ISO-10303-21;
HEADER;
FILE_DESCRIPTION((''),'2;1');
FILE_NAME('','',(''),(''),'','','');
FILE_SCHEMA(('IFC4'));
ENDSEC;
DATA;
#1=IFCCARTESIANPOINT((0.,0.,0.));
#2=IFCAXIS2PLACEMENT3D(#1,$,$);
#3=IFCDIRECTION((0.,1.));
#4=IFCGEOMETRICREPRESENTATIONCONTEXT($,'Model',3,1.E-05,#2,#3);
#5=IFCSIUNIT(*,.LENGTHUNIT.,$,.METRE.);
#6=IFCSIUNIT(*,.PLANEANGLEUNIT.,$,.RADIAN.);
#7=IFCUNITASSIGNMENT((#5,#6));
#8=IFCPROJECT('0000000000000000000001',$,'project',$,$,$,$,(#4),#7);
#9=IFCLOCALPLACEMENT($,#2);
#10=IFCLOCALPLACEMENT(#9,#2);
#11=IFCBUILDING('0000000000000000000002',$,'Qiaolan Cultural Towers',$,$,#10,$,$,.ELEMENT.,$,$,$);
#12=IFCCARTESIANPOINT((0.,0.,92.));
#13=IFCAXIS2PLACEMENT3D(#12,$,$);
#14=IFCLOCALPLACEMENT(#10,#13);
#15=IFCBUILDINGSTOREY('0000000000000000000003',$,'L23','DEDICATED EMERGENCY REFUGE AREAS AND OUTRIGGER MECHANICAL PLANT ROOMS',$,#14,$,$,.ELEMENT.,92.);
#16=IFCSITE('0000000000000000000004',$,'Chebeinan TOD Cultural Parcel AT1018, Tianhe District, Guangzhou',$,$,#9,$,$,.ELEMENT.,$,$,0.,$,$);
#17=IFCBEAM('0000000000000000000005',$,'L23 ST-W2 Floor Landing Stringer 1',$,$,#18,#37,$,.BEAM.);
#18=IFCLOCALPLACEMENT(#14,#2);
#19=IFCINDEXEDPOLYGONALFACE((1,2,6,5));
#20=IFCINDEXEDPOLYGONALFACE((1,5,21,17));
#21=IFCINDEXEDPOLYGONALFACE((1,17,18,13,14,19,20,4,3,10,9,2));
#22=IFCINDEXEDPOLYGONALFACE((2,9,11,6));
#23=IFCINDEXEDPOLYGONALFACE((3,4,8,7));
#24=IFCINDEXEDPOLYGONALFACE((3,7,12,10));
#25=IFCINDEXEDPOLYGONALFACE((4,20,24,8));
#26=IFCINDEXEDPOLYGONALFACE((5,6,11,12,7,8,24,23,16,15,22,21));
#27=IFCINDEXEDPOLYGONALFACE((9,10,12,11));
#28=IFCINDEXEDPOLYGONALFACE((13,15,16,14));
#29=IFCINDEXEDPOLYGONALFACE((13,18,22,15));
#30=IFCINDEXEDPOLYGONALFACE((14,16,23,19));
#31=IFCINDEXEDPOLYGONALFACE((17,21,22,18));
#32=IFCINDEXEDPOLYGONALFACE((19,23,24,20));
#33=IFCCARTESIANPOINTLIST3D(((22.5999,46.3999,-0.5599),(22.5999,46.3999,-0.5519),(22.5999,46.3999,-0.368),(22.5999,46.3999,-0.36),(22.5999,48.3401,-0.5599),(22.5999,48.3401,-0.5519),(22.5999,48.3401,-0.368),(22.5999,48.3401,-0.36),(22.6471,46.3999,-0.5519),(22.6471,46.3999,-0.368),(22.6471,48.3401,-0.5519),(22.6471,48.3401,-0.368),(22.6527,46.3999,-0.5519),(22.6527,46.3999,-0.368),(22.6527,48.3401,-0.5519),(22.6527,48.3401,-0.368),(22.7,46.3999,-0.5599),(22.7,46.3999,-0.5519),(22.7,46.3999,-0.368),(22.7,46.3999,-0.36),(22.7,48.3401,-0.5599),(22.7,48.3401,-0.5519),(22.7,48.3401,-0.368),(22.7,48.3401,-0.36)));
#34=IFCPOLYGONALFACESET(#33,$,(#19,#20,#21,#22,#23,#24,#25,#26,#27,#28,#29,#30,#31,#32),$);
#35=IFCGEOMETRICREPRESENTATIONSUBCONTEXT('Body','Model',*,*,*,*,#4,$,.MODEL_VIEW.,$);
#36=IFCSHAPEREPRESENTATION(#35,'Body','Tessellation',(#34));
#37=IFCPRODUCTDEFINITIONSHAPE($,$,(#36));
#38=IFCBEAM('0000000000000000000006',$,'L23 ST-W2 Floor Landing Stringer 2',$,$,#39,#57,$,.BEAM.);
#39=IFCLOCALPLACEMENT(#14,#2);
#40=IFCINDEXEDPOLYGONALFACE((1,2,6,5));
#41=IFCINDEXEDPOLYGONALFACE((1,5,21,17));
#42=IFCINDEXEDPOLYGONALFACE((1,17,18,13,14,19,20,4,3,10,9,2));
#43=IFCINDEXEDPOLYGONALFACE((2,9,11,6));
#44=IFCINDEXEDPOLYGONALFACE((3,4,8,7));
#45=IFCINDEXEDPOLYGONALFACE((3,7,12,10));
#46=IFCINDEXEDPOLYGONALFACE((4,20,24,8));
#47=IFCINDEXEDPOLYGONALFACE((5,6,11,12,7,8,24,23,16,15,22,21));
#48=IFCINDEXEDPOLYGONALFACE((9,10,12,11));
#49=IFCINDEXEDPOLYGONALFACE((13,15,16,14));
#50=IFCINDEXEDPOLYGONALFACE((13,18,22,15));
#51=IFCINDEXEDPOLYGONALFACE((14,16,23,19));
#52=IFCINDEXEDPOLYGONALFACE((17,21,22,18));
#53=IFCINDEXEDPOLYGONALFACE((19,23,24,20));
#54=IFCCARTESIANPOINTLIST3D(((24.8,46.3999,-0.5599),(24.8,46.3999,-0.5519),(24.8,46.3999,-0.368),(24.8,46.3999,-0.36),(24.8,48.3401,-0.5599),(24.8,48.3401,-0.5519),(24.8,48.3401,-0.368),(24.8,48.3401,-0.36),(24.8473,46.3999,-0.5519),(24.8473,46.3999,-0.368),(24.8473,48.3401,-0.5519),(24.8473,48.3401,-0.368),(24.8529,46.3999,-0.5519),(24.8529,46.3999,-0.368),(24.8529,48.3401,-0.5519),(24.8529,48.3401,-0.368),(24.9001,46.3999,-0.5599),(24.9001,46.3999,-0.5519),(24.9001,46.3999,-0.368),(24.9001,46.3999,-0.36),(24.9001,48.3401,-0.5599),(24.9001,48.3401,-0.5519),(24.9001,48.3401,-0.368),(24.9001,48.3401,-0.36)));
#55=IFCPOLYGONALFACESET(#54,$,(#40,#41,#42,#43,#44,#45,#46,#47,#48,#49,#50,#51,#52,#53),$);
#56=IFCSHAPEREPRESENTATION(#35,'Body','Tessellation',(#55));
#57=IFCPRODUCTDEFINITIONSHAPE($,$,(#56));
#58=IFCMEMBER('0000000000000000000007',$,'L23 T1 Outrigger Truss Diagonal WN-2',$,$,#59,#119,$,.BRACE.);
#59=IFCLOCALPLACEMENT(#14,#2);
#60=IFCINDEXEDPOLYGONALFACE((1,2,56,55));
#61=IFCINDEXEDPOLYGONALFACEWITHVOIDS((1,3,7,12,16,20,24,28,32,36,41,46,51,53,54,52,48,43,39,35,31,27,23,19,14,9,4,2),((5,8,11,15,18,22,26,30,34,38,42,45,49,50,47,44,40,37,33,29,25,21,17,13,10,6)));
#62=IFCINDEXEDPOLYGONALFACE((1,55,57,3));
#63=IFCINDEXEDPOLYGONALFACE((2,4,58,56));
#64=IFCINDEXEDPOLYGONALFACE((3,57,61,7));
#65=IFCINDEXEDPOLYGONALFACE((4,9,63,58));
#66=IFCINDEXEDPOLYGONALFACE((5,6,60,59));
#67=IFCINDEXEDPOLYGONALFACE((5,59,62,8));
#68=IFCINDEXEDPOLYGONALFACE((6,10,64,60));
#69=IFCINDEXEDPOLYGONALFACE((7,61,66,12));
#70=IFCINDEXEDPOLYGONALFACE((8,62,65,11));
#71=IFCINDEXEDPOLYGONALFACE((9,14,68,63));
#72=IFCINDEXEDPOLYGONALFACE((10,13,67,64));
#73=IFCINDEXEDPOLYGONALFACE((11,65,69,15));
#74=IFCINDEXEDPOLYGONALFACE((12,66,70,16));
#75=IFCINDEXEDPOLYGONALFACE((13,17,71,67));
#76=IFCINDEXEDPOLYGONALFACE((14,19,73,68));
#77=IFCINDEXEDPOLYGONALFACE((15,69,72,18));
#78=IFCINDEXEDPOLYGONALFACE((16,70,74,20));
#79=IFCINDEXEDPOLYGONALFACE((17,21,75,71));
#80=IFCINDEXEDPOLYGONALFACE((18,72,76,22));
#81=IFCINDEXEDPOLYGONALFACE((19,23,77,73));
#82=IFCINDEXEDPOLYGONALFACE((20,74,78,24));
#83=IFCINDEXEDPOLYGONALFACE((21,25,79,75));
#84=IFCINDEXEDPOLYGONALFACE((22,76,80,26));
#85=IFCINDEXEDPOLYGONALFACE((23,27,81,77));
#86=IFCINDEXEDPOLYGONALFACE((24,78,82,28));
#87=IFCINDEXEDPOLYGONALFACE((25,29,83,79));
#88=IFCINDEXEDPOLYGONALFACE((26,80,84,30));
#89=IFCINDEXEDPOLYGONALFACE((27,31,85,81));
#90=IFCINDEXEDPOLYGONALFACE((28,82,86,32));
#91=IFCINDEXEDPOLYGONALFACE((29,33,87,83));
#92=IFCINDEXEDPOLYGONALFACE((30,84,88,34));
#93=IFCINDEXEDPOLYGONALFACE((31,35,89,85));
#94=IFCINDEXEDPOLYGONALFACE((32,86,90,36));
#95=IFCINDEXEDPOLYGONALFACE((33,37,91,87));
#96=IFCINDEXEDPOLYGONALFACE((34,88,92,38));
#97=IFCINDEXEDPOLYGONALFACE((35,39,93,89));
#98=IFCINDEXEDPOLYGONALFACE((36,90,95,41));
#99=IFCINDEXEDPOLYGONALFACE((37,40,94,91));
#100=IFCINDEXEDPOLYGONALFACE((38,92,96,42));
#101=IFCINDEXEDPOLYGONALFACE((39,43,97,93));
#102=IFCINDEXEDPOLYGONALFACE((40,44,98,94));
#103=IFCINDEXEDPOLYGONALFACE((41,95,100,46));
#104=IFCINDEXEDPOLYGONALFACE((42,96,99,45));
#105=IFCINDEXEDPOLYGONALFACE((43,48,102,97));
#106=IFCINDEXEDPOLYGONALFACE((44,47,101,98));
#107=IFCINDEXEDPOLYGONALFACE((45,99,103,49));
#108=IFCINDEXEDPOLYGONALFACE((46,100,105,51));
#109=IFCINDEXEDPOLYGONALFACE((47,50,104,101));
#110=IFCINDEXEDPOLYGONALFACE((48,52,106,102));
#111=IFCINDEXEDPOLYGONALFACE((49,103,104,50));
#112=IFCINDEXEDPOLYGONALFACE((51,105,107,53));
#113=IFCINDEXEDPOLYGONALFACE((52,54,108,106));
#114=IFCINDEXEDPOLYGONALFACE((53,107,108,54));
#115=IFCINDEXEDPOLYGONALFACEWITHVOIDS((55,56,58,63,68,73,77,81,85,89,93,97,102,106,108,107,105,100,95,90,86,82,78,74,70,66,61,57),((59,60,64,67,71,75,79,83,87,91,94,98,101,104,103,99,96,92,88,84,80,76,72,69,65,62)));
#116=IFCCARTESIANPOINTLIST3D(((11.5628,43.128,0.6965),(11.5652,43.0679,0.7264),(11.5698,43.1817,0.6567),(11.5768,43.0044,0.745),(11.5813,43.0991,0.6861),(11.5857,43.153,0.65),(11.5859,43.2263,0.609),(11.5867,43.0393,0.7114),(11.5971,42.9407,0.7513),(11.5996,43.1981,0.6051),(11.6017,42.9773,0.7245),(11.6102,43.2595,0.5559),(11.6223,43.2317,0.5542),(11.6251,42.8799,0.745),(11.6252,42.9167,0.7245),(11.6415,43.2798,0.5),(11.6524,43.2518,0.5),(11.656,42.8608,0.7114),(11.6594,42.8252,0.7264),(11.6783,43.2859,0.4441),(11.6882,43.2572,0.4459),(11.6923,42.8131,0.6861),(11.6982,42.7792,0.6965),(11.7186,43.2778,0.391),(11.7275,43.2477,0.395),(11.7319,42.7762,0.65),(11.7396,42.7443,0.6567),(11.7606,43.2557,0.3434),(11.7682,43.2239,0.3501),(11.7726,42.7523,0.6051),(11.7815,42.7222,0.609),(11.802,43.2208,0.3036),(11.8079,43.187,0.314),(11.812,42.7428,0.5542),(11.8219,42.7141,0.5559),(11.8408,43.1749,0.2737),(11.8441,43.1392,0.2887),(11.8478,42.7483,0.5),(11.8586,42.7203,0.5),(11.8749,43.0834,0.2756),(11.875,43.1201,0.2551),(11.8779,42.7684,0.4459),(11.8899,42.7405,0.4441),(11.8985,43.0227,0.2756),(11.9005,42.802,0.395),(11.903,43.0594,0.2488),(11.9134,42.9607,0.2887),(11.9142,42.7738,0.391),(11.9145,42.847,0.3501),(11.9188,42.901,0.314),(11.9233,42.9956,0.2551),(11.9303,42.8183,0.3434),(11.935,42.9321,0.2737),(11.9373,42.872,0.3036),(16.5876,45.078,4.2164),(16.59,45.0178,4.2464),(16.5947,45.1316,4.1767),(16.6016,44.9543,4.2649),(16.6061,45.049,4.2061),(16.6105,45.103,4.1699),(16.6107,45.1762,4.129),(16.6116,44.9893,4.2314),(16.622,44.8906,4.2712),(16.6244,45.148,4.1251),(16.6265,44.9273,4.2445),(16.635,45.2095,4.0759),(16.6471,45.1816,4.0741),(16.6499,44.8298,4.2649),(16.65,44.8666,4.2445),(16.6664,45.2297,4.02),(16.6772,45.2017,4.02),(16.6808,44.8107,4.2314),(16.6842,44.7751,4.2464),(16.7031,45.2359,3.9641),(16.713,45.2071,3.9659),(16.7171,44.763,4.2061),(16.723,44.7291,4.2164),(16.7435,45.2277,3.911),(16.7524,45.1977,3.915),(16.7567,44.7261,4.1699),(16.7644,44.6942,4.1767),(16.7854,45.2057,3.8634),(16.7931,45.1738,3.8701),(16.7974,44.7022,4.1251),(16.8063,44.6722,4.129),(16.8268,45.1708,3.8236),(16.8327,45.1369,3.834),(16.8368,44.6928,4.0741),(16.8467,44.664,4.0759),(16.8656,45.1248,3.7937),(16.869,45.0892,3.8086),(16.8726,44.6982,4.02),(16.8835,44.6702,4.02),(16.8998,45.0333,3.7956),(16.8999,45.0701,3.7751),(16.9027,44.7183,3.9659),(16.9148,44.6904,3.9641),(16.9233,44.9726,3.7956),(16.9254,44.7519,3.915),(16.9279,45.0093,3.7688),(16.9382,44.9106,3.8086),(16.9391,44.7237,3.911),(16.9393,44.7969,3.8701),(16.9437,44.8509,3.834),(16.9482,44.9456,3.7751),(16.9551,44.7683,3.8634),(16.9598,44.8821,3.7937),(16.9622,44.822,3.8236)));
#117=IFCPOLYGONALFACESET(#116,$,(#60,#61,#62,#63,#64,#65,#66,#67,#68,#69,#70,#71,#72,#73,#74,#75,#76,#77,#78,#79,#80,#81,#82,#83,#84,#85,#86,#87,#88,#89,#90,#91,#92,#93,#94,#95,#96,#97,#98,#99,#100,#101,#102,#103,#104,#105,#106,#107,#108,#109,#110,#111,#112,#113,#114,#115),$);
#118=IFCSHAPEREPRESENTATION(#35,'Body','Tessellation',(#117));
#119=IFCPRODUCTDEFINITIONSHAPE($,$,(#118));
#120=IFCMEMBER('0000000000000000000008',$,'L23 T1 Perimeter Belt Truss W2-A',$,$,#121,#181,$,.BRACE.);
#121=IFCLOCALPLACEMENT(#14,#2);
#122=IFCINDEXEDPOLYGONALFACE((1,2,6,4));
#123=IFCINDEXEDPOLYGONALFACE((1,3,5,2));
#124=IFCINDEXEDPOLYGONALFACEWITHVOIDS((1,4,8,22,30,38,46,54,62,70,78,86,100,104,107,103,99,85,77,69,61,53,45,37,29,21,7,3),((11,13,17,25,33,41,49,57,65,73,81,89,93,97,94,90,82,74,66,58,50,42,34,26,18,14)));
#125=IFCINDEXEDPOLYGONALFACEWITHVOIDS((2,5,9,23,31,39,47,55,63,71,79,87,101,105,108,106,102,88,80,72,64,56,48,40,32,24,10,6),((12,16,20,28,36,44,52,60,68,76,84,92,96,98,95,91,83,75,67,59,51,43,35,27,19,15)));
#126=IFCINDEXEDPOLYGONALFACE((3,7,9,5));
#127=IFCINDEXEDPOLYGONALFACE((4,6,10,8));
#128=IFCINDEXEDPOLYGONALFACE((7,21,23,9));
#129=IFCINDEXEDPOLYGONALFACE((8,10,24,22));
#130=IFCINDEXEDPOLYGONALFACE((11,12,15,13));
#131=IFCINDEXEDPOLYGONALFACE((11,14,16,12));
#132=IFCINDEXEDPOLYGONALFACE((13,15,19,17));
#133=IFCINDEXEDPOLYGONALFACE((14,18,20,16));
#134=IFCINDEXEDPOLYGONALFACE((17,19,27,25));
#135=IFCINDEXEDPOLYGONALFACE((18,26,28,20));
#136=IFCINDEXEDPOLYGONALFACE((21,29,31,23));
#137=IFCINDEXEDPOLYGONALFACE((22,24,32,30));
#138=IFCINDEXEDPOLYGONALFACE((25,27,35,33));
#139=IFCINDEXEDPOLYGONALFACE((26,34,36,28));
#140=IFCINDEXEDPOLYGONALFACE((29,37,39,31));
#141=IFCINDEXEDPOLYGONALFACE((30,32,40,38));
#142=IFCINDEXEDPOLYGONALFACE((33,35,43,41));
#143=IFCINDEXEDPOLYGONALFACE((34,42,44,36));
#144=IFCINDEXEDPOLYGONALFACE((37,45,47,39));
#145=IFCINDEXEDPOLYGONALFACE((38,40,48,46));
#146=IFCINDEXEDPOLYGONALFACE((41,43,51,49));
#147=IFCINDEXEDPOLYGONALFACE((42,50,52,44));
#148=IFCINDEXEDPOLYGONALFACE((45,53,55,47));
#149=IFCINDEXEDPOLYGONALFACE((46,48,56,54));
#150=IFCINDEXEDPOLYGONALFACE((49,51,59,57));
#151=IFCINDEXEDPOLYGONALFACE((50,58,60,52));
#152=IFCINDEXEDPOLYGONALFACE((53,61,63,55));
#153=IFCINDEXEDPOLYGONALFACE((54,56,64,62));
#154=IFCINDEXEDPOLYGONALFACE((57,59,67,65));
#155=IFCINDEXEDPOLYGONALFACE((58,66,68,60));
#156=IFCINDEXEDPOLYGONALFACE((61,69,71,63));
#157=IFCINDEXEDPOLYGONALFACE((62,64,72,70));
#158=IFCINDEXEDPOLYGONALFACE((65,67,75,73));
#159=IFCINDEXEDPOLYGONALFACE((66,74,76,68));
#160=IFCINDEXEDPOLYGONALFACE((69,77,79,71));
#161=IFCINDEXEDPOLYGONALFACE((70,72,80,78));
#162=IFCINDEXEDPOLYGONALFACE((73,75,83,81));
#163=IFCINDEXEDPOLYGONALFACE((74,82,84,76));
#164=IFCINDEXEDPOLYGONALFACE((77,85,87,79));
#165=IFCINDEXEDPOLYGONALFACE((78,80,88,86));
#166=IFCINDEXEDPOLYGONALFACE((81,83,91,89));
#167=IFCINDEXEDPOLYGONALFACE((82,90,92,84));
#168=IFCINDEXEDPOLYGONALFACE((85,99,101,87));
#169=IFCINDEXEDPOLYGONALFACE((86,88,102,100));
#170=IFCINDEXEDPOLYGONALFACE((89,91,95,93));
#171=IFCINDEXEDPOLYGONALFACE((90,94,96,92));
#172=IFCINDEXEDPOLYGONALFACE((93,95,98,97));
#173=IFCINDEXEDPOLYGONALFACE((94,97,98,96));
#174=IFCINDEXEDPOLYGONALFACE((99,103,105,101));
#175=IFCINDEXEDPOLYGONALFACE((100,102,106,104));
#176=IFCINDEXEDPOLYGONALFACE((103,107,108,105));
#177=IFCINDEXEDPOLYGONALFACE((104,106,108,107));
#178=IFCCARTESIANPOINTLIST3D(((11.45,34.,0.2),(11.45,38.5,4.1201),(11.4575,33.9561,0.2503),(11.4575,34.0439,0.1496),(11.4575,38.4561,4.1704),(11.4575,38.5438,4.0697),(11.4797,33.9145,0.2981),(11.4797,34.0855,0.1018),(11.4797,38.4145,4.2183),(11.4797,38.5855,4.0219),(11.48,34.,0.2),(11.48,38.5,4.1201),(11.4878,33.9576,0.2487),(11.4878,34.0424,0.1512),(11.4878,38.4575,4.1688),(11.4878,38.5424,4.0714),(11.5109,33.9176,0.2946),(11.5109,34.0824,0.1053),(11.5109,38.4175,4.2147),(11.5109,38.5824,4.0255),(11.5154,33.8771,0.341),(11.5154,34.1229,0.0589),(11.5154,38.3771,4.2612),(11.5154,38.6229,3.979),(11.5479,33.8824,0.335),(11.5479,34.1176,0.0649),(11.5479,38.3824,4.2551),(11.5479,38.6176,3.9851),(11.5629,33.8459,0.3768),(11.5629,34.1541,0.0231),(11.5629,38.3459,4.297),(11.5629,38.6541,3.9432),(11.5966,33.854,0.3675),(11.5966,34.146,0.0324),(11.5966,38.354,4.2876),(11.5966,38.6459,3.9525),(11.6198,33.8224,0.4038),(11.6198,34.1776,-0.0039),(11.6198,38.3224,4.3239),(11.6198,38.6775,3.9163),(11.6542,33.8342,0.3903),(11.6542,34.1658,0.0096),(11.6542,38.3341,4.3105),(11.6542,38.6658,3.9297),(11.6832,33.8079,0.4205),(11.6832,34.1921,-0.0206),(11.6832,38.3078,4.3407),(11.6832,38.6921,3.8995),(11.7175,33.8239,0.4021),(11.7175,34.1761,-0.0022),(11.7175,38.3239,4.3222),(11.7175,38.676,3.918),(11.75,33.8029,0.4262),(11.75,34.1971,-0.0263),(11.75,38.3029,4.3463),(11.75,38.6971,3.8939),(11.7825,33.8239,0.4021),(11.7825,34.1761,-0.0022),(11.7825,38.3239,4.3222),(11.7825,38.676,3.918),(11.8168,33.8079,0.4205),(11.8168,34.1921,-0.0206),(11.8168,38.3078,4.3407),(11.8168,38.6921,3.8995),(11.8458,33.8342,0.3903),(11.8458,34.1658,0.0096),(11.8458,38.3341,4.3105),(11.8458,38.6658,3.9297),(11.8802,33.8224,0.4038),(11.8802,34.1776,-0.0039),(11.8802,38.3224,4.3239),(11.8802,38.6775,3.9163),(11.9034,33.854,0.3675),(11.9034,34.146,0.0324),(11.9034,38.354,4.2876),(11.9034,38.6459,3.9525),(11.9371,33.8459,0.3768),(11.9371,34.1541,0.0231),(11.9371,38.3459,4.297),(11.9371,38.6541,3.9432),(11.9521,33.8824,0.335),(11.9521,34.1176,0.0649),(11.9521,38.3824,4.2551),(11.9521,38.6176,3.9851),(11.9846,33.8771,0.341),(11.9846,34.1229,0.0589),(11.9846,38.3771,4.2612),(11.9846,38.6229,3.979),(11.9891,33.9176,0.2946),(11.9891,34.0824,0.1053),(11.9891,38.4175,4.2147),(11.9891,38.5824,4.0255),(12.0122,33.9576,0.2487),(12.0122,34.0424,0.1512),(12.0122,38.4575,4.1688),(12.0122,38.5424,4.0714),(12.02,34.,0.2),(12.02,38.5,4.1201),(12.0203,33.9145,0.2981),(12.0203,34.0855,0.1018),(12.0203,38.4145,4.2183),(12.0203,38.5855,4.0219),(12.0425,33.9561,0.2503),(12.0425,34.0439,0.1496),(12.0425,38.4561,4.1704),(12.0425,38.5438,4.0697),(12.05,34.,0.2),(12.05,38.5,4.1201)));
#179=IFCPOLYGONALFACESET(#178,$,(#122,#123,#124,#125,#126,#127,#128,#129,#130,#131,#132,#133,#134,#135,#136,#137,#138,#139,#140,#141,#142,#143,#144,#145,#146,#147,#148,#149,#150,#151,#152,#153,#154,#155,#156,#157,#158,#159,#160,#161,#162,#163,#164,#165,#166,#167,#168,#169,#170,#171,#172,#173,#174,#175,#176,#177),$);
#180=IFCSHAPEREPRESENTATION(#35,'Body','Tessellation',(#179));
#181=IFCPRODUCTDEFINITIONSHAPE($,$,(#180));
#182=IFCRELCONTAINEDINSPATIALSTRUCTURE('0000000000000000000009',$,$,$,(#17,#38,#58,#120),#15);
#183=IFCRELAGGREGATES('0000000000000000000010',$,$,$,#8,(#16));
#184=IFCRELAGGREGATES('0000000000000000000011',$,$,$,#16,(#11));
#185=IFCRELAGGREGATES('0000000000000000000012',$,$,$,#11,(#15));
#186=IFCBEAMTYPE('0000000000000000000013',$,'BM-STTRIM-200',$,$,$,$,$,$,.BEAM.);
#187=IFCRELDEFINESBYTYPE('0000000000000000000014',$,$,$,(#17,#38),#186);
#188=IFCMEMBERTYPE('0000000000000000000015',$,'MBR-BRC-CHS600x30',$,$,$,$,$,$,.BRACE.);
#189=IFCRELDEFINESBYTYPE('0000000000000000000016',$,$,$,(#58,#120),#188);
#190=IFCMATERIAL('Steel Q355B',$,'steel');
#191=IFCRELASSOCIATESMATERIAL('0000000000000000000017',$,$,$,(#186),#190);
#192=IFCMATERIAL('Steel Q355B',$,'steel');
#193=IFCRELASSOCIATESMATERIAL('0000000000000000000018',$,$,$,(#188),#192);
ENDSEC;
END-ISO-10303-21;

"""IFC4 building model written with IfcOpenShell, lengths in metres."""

from ifc_helpers import new_model, si_unit, direction, frame, origin, origin_2d, place, context, subcontext, project, spatial, hollow_circle, i_section, extrude, material, material_profile, profile_set, type_object, element, save


model = new_model("IFC4")

# Units and contexts
model_context = context("Model", 3, precision=1e-05, world=origin(), true_north=direction((0.0, 1.0)))
body_context = subcontext(model_context, "Body", "Model", "MODEL_VIEW")
ifc_project = project(units=[si_unit("LENGTHUNIT", "METRE"), si_unit("PLANEANGLEUNIT", "RADIAN")], contexts=[model_context])

# Site, building, storey
site_placement = place(None, origin())
site = spatial("IfcSite", under=ifc_project, at=site_placement, Name="Chebeinan TOD Cultural Parcel AT1018, Tianhe District, Guangzhou", CompositionType="ELEMENT", RefElevation=0.0)
building_placement = place(site_placement, origin())
building = spatial("IfcBuilding", under=site, at=building_placement, Name="Qiaolan Cultural Towers", CompositionType="ELEMENT")
storey_placement = place(building_placement, frame((0.0, 0.0, 92.0)))
storey = spatial("IfcBuildingStorey", under=building, at=storey_placement, Name="L23", Description="DEDICATED EMERGENCY REFUGE AREAS AND OUTRIGGER MECHANICAL PLANT ROOMS", CompositionType="ELEMENT", Elevation=92.0)

# Beams
ifc_material_1 = material(Name="Steel Q355B", Category="steel")
ifc_material_profile_1 = material_profile(ifc_material_1, i_section(OverallWidth=0.1001, OverallDepth=0.2, WebThickness=0.0056, FlangeThickness=0.0081, at=origin_2d()), Name="HN200x100x5.5x8")
ifc_profile_set_1 = profile_set([ifc_material_profile_1], Name="Steel Q355B")
beam_type_1 = type_object("IfcBeamType", Name="BM-STTRIM-200", PredefinedType="BEAM", material=ifc_profile_set_1)
for number, where, z_axis, x_axis, name in (
    (1, (22.6499, 46.3999, -0.46), (0.0, 1.0, 0.0), (-1.0, 0.0, 0.0), "L23 ST-W2 Floor Landing Stringer 1"),
    (2, (24.8501, 46.3999, -0.46), (0.0, 1.0, 0.0), (-1.0, 0.0, 0.0), "L23 ST-W2 Floor Landing Stringer 2"),
):
    element("IfcBeam", number, at=place(storey_placement, frame(where, z_axis=z_axis, x_axis=x_axis)), inside=storey, type_object=beam_type_1, Name=name, PredefinedType="BEAM", context=body_context, shape_type="SweptSolid", body=[
        extrude(i_section(OverallWidth=0.1001, OverallDepth=0.2, WebThickness=0.0056, FlangeThickness=0.0081, at=origin_2d()), origin(), (0.0, 0.0, 1.0), 1.9402),
    ])

# Members
ifc_material_2 = material(Name="Steel Q355B", Category="steel")
ifc_material_profile_2 = material_profile(ifc_material_2, hollow_circle(Radius=0.3, WallThickness=0.03, at=origin_2d()), Name="CHS600x30")
ifc_profile_set_2 = profile_set([ifc_material_profile_2], Name="Steel Q355B")
member_type_1 = type_object("IfcMemberType", Name="MBR-BRC-CHS600x30", PredefinedType="BRACE", material=ifc_profile_set_2)
member_1_placement = place(storey_placement, frame((16.7749, 44.95, 4.02), z_axis=(-0.780557, -0.302901, -0.546792), x_axis=(0.361773, -0.932266, 0.0)))
element("IfcMember", 3, at=member_1_placement, inside=storey, type_object=member_type_1, Name="L23 T1 Outrigger Truss Diagonal WN-2", PredefinedType="BRACE", context=body_context, shape_type="SweptSolid", body=[
    extrude(hollow_circle(Radius=0.3, WallThickness=0.03, at=origin_2d()), origin(), (0.0, 0.0, 1.0), 6.4375),
])
for number, where, z_axis, x_axis, name in (
    (4, (11.75, 34.0, 0.2), (0.0, 0.754014, 0.656858), (-1.0, 0.0, 0.0), "L23 T1 Perimeter Belt Truss W2-A"),
):
    element("IfcMember", number, at=place(storey_placement, frame(where, z_axis=z_axis, x_axis=x_axis)), inside=storey, type_object=member_type_1, Name=name, PredefinedType="BRACE", context=body_context, shape_type="SweptSolid", body=[
        extrude(hollow_circle(Radius=0.3, WallThickness=0.03, at=origin_2d()), origin(), (0.0, 0.0, 1.0), 5.968),
    ])

save(model, "model.ifc")
